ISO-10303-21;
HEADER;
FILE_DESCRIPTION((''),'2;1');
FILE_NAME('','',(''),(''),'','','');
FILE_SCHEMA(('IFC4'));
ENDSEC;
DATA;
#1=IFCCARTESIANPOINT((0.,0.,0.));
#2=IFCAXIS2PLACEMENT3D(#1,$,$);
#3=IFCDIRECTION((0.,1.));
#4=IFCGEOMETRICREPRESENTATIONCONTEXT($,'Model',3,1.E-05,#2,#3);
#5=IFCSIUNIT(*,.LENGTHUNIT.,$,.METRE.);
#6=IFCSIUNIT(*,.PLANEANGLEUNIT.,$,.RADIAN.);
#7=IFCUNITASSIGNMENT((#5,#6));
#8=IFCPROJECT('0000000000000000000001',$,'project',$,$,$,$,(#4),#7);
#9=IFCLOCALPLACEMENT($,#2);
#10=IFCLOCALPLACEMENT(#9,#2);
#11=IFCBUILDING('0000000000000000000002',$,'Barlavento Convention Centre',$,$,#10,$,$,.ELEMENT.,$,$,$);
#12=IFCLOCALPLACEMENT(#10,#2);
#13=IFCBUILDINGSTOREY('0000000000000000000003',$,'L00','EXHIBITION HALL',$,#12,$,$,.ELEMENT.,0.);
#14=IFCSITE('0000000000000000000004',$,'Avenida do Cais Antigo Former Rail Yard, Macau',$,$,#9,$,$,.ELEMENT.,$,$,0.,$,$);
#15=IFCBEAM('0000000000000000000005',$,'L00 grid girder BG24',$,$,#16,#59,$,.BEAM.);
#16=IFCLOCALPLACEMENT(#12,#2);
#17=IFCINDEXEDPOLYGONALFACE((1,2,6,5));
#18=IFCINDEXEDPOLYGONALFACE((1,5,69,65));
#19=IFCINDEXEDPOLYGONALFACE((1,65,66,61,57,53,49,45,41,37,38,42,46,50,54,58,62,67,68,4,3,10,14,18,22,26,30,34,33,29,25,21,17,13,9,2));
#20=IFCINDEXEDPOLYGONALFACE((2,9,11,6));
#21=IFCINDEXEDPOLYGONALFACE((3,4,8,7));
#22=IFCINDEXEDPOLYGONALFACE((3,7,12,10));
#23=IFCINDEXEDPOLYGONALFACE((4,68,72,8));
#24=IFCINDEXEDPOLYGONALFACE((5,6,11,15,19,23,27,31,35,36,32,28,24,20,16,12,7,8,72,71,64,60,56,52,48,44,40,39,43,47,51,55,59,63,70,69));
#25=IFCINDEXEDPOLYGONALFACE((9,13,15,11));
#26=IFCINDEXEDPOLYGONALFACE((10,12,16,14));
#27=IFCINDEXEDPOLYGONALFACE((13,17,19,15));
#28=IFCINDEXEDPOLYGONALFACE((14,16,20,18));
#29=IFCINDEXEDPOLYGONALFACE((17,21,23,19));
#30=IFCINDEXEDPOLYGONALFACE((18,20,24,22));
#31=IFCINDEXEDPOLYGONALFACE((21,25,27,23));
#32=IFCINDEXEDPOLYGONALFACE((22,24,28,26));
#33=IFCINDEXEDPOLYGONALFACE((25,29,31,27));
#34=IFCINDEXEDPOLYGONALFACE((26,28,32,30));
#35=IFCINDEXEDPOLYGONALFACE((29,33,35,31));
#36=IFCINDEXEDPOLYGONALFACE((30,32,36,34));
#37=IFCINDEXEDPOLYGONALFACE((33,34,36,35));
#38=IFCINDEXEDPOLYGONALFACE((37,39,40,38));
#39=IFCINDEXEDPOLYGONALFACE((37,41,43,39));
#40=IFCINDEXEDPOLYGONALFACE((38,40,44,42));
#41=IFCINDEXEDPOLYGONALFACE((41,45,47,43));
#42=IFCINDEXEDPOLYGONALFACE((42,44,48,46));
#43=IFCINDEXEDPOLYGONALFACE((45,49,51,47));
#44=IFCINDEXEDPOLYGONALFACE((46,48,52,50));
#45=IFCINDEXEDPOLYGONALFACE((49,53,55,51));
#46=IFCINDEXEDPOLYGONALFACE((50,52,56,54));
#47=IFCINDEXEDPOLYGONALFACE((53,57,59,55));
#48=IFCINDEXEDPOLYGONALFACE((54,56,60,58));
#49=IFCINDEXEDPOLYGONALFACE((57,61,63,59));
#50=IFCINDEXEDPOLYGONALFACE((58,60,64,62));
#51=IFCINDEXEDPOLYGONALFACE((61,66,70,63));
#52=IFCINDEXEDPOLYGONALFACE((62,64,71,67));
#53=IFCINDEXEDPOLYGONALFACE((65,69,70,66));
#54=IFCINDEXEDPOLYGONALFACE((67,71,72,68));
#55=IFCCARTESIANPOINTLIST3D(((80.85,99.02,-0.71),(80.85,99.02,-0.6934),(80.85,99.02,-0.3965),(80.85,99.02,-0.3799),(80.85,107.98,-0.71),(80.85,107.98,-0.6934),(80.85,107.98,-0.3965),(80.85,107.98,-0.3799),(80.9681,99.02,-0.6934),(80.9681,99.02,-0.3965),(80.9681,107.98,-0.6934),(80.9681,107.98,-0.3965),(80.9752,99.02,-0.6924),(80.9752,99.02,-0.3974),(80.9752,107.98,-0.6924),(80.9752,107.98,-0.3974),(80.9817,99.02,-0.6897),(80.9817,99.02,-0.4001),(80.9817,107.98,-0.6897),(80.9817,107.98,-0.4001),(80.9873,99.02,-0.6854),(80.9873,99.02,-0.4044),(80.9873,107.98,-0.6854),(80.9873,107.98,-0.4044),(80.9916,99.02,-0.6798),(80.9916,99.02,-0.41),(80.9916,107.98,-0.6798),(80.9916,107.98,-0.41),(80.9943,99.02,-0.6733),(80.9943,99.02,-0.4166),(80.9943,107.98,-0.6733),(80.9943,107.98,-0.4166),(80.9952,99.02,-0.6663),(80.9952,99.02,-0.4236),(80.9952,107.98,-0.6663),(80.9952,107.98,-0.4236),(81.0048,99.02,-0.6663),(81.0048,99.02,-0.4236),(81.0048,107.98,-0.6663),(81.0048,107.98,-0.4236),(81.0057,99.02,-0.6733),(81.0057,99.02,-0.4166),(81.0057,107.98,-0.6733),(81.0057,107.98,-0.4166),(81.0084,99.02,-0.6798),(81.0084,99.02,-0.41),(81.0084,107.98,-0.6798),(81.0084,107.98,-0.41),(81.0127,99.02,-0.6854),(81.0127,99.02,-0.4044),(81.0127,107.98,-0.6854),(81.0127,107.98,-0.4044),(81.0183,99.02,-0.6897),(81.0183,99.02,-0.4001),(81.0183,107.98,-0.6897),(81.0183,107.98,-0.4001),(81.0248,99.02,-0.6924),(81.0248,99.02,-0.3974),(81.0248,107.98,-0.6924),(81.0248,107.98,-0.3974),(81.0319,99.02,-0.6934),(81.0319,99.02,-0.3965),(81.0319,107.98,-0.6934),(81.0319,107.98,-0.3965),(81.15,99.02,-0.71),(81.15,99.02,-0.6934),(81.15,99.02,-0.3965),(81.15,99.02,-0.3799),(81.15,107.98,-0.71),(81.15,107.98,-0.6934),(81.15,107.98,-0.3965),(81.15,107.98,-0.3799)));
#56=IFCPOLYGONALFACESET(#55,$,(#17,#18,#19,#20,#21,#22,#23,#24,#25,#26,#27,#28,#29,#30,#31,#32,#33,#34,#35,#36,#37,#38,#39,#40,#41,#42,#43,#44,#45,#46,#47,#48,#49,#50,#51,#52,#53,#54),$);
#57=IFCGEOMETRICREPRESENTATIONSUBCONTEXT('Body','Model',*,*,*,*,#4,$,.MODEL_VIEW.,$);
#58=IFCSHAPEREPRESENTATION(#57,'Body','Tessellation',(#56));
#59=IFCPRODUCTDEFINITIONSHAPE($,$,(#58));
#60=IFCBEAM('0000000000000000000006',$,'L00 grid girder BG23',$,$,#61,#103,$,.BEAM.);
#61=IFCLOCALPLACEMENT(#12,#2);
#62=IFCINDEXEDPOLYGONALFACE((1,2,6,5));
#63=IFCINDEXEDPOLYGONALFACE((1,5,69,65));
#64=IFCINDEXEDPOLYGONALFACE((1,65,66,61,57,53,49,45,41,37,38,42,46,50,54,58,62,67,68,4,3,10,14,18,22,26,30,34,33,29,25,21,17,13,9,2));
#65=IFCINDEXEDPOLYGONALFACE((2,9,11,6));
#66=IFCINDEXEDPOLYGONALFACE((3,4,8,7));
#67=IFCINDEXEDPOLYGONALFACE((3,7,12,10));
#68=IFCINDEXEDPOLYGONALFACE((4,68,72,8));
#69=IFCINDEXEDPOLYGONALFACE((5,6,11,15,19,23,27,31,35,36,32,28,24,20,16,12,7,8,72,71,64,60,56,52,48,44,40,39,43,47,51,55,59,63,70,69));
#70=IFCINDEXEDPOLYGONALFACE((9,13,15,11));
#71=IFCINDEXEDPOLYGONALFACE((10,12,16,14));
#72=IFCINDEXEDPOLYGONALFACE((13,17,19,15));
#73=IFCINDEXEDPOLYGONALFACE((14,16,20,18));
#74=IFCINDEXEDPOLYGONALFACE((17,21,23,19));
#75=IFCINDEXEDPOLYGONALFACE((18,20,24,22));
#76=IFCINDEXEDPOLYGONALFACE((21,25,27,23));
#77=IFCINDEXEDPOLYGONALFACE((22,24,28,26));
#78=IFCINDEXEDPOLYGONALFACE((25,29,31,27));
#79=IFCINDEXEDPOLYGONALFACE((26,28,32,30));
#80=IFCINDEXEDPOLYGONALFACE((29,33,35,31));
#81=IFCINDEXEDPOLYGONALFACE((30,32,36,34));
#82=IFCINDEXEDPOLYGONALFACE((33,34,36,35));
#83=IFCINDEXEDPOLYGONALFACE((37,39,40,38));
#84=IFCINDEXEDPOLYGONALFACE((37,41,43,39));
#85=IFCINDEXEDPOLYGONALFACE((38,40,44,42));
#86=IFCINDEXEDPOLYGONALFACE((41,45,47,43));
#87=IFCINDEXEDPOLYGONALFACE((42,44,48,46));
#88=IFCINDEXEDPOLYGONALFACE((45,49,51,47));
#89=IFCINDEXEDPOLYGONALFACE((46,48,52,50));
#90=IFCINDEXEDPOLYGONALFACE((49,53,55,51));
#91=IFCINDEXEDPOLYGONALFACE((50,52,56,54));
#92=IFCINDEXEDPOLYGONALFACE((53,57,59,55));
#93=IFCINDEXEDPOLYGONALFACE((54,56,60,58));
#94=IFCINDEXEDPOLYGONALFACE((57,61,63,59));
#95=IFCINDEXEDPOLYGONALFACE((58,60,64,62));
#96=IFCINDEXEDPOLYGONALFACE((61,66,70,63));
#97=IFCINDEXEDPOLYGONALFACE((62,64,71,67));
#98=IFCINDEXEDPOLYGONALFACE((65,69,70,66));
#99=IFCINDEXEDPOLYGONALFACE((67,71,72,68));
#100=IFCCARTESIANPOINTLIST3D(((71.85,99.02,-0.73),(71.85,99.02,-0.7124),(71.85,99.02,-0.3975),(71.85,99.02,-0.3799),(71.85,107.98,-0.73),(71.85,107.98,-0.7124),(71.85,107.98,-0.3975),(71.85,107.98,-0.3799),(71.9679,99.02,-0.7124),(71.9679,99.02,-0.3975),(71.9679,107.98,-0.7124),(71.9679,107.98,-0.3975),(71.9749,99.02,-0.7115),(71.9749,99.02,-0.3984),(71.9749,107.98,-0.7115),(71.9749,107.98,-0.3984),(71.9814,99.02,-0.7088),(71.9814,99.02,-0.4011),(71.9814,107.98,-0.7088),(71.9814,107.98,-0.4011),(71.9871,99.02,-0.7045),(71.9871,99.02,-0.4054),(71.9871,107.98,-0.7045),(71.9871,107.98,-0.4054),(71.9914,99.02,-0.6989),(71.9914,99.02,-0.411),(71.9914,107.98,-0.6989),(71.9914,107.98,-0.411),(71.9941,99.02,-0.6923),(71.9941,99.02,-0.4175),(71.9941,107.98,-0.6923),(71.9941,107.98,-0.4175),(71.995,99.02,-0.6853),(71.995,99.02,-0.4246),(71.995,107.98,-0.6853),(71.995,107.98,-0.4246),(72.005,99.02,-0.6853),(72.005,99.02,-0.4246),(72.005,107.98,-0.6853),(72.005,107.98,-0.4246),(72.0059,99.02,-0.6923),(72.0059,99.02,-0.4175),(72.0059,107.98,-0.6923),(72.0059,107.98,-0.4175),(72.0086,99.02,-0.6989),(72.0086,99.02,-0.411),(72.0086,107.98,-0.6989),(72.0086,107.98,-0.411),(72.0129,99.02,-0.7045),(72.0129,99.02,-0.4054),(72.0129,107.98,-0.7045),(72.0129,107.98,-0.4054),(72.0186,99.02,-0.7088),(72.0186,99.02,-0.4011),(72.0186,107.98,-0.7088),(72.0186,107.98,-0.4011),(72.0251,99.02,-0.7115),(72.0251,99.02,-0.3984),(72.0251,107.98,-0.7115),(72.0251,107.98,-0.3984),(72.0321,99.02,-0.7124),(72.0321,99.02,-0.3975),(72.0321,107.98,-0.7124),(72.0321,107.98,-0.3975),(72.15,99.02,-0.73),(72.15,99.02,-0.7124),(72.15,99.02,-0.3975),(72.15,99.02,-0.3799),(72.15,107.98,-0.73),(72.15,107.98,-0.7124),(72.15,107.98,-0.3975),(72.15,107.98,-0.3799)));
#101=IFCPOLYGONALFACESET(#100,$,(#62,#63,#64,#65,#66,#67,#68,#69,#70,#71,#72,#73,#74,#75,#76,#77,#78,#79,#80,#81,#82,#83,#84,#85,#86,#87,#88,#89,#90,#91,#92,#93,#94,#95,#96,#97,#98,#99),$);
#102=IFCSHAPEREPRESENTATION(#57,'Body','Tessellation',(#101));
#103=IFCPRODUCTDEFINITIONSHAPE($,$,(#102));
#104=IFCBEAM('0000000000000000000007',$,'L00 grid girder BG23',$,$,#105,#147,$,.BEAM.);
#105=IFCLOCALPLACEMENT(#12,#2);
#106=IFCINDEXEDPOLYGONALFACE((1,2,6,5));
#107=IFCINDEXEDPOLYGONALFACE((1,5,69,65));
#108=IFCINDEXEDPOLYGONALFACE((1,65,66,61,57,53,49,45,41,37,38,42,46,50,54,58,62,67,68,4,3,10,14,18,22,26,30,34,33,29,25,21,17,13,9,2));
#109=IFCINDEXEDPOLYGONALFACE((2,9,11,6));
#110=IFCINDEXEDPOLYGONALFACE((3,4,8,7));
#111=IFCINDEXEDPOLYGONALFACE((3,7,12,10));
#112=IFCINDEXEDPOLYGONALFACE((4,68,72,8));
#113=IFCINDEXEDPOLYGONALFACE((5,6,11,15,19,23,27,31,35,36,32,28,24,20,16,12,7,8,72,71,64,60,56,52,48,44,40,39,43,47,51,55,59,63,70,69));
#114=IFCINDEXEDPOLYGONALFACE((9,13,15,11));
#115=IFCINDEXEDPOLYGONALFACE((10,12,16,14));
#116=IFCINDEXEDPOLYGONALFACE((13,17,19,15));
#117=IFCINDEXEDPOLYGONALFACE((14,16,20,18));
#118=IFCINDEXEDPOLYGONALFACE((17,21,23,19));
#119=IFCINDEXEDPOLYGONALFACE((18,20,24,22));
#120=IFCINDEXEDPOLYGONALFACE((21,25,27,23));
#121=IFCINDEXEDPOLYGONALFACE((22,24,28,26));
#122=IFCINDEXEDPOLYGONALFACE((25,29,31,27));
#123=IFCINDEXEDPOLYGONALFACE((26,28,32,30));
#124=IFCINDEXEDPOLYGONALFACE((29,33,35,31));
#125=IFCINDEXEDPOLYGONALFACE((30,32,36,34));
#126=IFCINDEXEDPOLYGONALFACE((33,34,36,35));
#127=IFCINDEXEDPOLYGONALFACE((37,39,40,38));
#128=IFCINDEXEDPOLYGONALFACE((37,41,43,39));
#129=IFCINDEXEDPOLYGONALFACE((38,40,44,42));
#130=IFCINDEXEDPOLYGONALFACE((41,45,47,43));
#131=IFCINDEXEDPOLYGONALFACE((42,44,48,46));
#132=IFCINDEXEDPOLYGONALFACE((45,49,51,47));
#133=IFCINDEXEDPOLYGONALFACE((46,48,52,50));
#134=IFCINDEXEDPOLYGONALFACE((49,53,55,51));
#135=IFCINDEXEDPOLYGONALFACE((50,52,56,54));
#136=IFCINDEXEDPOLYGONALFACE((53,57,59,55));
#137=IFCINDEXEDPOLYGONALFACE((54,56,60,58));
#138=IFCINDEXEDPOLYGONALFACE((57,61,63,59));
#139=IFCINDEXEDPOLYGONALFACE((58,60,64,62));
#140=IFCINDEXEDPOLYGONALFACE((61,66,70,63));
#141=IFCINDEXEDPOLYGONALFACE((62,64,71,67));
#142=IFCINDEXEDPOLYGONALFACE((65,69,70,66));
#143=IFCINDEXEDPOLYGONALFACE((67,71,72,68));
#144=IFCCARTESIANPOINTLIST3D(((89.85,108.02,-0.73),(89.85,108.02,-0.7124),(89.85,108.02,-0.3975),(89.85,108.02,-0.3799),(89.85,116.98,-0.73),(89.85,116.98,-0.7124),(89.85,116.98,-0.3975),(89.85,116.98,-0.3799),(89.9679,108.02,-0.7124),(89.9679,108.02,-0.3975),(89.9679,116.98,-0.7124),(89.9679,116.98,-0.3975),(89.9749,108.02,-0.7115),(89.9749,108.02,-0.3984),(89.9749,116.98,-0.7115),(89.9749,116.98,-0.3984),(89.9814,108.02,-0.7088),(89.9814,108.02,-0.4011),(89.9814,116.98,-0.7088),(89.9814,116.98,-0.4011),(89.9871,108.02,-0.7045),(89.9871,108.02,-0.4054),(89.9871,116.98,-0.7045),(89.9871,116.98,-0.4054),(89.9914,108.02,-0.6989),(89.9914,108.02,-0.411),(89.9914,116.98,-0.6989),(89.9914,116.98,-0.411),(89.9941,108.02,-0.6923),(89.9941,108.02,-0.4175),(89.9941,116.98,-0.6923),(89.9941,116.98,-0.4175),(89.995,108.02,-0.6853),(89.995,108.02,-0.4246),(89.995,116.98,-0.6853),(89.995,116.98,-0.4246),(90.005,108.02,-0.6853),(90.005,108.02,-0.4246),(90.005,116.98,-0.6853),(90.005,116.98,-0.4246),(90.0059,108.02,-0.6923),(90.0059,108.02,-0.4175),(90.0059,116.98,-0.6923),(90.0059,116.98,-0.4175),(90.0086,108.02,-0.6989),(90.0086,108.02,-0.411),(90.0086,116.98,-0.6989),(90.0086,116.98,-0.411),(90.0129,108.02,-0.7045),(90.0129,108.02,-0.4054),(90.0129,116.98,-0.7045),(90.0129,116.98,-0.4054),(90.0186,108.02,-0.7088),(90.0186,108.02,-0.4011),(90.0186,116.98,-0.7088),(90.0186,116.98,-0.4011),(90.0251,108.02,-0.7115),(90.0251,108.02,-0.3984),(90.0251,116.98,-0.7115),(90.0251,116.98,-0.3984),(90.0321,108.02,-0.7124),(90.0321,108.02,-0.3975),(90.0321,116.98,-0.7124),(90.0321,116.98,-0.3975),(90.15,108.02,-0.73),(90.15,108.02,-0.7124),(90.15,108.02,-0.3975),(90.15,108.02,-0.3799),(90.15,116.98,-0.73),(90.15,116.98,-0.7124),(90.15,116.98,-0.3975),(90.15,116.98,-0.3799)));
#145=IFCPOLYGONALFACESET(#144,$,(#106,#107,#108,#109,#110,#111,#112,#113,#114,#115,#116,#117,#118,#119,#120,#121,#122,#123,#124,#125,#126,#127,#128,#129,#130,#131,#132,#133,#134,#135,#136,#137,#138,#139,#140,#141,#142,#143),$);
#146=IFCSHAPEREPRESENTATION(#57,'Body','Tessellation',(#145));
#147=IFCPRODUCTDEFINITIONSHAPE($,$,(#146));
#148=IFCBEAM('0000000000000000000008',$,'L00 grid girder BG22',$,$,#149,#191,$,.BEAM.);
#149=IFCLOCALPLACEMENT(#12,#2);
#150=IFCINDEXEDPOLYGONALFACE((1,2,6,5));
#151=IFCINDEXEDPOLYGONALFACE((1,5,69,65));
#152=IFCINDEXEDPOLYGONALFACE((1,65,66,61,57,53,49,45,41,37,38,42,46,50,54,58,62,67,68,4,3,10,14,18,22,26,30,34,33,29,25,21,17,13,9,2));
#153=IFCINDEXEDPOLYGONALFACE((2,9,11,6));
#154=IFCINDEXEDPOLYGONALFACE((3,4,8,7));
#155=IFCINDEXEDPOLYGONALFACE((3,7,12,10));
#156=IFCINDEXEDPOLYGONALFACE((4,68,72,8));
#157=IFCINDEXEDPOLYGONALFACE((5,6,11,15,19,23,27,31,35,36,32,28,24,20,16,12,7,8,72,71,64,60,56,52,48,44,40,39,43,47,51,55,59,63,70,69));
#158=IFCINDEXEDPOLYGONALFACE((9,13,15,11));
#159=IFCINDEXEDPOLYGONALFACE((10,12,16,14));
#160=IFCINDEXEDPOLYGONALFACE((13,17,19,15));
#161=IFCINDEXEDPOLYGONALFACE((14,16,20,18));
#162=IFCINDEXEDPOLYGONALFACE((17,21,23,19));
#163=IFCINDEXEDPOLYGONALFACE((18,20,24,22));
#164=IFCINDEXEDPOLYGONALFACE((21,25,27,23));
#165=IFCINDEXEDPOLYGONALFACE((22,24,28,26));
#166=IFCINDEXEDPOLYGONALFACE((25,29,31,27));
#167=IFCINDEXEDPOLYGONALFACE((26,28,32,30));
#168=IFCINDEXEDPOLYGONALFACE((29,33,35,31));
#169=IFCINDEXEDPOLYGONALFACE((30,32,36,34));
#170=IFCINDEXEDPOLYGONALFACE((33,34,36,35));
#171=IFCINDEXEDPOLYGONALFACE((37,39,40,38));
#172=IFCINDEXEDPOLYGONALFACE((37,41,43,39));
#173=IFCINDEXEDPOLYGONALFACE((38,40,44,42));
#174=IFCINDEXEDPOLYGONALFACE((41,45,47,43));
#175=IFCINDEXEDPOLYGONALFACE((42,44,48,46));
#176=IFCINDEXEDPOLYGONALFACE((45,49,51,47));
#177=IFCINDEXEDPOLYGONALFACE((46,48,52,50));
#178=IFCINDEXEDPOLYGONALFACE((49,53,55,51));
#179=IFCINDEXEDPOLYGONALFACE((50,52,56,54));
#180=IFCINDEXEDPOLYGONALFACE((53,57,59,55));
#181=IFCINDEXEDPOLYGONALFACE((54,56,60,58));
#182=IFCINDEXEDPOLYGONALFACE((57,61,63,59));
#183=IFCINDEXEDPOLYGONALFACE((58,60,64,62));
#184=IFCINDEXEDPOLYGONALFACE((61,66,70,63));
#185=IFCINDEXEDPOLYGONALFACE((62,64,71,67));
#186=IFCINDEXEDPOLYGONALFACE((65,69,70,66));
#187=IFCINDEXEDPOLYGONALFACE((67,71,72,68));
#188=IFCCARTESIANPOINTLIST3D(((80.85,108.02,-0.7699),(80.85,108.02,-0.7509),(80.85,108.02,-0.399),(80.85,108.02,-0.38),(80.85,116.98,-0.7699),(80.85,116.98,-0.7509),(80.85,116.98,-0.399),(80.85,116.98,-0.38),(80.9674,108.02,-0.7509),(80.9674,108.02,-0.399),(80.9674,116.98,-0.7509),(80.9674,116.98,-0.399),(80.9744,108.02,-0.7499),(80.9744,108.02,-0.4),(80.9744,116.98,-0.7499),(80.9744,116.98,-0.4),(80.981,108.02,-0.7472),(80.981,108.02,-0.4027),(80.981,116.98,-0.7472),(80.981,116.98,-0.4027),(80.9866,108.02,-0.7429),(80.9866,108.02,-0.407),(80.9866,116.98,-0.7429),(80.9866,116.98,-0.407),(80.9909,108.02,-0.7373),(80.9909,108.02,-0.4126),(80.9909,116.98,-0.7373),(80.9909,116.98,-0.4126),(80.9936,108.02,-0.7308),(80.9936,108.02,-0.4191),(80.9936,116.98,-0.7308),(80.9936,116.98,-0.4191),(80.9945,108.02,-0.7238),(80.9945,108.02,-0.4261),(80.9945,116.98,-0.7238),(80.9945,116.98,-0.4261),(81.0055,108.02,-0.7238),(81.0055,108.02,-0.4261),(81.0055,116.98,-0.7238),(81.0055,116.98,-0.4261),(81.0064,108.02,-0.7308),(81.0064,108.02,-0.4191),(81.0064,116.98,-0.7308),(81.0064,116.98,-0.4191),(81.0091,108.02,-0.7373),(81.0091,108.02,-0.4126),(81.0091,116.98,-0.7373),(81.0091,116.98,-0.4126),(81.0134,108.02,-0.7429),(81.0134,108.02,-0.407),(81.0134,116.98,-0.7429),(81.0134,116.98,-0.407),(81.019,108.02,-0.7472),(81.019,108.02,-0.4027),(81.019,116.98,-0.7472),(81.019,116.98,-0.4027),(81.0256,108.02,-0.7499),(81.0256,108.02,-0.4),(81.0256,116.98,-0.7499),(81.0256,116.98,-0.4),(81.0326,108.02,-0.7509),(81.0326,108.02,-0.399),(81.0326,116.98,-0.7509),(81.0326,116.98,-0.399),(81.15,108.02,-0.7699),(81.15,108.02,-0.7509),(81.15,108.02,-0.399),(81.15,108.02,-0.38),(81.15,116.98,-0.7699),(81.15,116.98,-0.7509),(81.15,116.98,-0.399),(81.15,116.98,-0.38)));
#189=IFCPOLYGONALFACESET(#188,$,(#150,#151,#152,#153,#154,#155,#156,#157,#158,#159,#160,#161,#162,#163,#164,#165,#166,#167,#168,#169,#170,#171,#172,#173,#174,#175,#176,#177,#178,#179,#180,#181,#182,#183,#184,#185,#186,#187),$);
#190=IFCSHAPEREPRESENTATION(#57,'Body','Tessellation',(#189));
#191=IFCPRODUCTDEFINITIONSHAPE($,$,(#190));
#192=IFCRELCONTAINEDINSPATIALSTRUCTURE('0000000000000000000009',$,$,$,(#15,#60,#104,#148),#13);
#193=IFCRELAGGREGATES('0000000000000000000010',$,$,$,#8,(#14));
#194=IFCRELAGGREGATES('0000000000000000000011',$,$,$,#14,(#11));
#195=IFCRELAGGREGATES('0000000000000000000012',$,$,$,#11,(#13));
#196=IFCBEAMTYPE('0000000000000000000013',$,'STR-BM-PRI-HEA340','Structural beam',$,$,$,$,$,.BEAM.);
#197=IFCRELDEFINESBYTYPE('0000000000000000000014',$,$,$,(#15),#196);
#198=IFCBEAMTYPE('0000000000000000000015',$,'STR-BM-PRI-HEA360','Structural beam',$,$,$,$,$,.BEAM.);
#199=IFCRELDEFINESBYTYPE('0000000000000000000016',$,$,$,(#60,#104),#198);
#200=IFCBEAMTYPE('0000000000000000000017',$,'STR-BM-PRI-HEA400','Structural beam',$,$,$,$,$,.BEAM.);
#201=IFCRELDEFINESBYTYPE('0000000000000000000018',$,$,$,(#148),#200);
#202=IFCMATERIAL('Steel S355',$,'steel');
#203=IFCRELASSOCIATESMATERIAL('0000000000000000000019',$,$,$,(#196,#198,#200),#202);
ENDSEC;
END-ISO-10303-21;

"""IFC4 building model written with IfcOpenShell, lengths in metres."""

from ifc_helpers import new_model, si_unit, direction, frame, origin, origin_2d, place, context, subcontext, project, spatial, i_section, extrude, material, material_profile, profile_set, type_object, element, save


model = new_model("IFC4")

# Units and contexts
model_context = context("Model", 3, precision=1e-05, world=origin(), true_north=direction((0.0, 1.0)))
body_context = subcontext(model_context, "Body", "Model", "MODEL_VIEW")
ifc_project = project(units=[si_unit("LENGTHUNIT", "METRE"), si_unit("PLANEANGLEUNIT", "RADIAN")], contexts=[model_context])

# Site, building, storey
site_placement = place(None, origin())
site = spatial("IfcSite", under=ifc_project, at=site_placement, Name="Avenida do Cais Antigo Former Rail Yard, Macau", CompositionType="ELEMENT", RefElevation=0.0)
building_placement = place(site_placement, origin())
building = spatial("IfcBuilding", under=site, at=building_placement, Name="Barlavento Convention Centre", CompositionType="ELEMENT")
storey_placement = place(building_placement, origin())
storey = spatial("IfcBuildingStorey", under=building, at=storey_placement, Name="L00", Description="EXHIBITION HALL", CompositionType="ELEMENT", Elevation=0.0)

# Beams
ifc_material = material(Name="Steel S355", Category="steel")
ifc_material_profile_1 = material_profile(ifc_material, i_section(OverallWidth=0.3, OverallDepth=0.3301, WebThickness=0.0095, FlangeThickness=0.0166, FilletRadius=0.0271, at=origin_2d()), Name="HEA 340")
ifc_profile_set_1 = profile_set([ifc_material_profile_1], Name="Steel S355")
beam_type_1 = type_object("IfcBeamType", Name="STR-BM-PRI-HEA340", Description="Structural beam", PredefinedType="BEAM", material=ifc_profile_set_1)
beam_1_placement = place(storey_placement, frame((81.0, 99.02, -0.5449), z_axis=(0.0, 1.0, 0.0), x_axis=(-1.0, 0.0, 0.0)))
element("IfcBeam", 1, at=beam_1_placement, inside=storey, type_object=beam_type_1, Name="L00 grid girder BG24", PredefinedType="BEAM", context=body_context, shape_type="SweptSolid", body=[
    extrude(i_section(OverallWidth=0.3, OverallDepth=0.3301, WebThickness=0.0095, FlangeThickness=0.0166, FilletRadius=0.0271, at=origin_2d()), origin(), (0.0, 0.0, 1.0), 8.96),
])
ifc_material_profile_2 = material_profile(ifc_material, i_section(OverallWidth=0.3, OverallDepth=0.3501, WebThickness=0.01, FlangeThickness=0.0176, FilletRadius=0.0271, at=origin_2d()), Name="HEA 360")
ifc_profile_set_2 = profile_set([ifc_material_profile_2], Name="Steel S355")
beam_type_2 = type_object("IfcBeamType", Name="STR-BM-PRI-HEA360", Description="Structural beam", PredefinedType="BEAM", material=ifc_profile_set_2)
for number, where, z_axis, x_axis, name in (
    (2, (72.0, 99.02, -0.5549), (0.0, 1.0, 0.0), (-1.0, 0.0, 0.0), "L00 grid girder BG23"),
    (3, (90.0, 108.02, -0.5549), (0.0, 1.0, 0.0), (-1.0, 0.0, 0.0), "L00 grid girder BG23"),
):
    element("IfcBeam", number, at=place(storey_placement, frame(where, z_axis=z_axis, x_axis=x_axis)), inside=storey, type_object=beam_type_2, Name=name, PredefinedType="BEAM", context=body_context, shape_type="SweptSolid", body=[
        extrude(i_section(OverallWidth=0.3, OverallDepth=0.3501, WebThickness=0.01, FlangeThickness=0.0176, FilletRadius=0.0271, at=origin_2d()), origin(), (0.0, 0.0, 1.0), 8.96),
    ])
ifc_material_profile_3 = material_profile(ifc_material, i_section(OverallWidth=0.3, OverallDepth=0.3899, WebThickness=0.011, FlangeThickness=0.019, FilletRadius=0.0271, at=origin_2d()), Name="HEA 400")
ifc_profile_set_3 = profile_set([ifc_material_profile_3], Name="Steel S355")
beam_type_3 = type_object("IfcBeamType", Name="STR-BM-PRI-HEA400", Description="Structural beam", PredefinedType="BEAM", material=ifc_profile_set_3)
beam_2_placement = place(storey_placement, frame((81.0, 108.02, -0.575), z_axis=(0.0, 1.0, 0.0), x_axis=(-1.0, 0.0, 0.0)))
element("IfcBeam", 4, at=beam_2_placement, inside=storey, type_object=beam_type_3, Name="L00 grid girder BG22", PredefinedType="BEAM", context=body_context, shape_type="SweptSolid", body=[
    extrude(i_section(OverallWidth=0.3, OverallDepth=0.3899, WebThickness=0.011, FlangeThickness=0.019, FilletRadius=0.0271, at=origin_2d()), origin(), (0.0, 0.0, 1.0), 8.96),
])

save(model, "model.ifc")
